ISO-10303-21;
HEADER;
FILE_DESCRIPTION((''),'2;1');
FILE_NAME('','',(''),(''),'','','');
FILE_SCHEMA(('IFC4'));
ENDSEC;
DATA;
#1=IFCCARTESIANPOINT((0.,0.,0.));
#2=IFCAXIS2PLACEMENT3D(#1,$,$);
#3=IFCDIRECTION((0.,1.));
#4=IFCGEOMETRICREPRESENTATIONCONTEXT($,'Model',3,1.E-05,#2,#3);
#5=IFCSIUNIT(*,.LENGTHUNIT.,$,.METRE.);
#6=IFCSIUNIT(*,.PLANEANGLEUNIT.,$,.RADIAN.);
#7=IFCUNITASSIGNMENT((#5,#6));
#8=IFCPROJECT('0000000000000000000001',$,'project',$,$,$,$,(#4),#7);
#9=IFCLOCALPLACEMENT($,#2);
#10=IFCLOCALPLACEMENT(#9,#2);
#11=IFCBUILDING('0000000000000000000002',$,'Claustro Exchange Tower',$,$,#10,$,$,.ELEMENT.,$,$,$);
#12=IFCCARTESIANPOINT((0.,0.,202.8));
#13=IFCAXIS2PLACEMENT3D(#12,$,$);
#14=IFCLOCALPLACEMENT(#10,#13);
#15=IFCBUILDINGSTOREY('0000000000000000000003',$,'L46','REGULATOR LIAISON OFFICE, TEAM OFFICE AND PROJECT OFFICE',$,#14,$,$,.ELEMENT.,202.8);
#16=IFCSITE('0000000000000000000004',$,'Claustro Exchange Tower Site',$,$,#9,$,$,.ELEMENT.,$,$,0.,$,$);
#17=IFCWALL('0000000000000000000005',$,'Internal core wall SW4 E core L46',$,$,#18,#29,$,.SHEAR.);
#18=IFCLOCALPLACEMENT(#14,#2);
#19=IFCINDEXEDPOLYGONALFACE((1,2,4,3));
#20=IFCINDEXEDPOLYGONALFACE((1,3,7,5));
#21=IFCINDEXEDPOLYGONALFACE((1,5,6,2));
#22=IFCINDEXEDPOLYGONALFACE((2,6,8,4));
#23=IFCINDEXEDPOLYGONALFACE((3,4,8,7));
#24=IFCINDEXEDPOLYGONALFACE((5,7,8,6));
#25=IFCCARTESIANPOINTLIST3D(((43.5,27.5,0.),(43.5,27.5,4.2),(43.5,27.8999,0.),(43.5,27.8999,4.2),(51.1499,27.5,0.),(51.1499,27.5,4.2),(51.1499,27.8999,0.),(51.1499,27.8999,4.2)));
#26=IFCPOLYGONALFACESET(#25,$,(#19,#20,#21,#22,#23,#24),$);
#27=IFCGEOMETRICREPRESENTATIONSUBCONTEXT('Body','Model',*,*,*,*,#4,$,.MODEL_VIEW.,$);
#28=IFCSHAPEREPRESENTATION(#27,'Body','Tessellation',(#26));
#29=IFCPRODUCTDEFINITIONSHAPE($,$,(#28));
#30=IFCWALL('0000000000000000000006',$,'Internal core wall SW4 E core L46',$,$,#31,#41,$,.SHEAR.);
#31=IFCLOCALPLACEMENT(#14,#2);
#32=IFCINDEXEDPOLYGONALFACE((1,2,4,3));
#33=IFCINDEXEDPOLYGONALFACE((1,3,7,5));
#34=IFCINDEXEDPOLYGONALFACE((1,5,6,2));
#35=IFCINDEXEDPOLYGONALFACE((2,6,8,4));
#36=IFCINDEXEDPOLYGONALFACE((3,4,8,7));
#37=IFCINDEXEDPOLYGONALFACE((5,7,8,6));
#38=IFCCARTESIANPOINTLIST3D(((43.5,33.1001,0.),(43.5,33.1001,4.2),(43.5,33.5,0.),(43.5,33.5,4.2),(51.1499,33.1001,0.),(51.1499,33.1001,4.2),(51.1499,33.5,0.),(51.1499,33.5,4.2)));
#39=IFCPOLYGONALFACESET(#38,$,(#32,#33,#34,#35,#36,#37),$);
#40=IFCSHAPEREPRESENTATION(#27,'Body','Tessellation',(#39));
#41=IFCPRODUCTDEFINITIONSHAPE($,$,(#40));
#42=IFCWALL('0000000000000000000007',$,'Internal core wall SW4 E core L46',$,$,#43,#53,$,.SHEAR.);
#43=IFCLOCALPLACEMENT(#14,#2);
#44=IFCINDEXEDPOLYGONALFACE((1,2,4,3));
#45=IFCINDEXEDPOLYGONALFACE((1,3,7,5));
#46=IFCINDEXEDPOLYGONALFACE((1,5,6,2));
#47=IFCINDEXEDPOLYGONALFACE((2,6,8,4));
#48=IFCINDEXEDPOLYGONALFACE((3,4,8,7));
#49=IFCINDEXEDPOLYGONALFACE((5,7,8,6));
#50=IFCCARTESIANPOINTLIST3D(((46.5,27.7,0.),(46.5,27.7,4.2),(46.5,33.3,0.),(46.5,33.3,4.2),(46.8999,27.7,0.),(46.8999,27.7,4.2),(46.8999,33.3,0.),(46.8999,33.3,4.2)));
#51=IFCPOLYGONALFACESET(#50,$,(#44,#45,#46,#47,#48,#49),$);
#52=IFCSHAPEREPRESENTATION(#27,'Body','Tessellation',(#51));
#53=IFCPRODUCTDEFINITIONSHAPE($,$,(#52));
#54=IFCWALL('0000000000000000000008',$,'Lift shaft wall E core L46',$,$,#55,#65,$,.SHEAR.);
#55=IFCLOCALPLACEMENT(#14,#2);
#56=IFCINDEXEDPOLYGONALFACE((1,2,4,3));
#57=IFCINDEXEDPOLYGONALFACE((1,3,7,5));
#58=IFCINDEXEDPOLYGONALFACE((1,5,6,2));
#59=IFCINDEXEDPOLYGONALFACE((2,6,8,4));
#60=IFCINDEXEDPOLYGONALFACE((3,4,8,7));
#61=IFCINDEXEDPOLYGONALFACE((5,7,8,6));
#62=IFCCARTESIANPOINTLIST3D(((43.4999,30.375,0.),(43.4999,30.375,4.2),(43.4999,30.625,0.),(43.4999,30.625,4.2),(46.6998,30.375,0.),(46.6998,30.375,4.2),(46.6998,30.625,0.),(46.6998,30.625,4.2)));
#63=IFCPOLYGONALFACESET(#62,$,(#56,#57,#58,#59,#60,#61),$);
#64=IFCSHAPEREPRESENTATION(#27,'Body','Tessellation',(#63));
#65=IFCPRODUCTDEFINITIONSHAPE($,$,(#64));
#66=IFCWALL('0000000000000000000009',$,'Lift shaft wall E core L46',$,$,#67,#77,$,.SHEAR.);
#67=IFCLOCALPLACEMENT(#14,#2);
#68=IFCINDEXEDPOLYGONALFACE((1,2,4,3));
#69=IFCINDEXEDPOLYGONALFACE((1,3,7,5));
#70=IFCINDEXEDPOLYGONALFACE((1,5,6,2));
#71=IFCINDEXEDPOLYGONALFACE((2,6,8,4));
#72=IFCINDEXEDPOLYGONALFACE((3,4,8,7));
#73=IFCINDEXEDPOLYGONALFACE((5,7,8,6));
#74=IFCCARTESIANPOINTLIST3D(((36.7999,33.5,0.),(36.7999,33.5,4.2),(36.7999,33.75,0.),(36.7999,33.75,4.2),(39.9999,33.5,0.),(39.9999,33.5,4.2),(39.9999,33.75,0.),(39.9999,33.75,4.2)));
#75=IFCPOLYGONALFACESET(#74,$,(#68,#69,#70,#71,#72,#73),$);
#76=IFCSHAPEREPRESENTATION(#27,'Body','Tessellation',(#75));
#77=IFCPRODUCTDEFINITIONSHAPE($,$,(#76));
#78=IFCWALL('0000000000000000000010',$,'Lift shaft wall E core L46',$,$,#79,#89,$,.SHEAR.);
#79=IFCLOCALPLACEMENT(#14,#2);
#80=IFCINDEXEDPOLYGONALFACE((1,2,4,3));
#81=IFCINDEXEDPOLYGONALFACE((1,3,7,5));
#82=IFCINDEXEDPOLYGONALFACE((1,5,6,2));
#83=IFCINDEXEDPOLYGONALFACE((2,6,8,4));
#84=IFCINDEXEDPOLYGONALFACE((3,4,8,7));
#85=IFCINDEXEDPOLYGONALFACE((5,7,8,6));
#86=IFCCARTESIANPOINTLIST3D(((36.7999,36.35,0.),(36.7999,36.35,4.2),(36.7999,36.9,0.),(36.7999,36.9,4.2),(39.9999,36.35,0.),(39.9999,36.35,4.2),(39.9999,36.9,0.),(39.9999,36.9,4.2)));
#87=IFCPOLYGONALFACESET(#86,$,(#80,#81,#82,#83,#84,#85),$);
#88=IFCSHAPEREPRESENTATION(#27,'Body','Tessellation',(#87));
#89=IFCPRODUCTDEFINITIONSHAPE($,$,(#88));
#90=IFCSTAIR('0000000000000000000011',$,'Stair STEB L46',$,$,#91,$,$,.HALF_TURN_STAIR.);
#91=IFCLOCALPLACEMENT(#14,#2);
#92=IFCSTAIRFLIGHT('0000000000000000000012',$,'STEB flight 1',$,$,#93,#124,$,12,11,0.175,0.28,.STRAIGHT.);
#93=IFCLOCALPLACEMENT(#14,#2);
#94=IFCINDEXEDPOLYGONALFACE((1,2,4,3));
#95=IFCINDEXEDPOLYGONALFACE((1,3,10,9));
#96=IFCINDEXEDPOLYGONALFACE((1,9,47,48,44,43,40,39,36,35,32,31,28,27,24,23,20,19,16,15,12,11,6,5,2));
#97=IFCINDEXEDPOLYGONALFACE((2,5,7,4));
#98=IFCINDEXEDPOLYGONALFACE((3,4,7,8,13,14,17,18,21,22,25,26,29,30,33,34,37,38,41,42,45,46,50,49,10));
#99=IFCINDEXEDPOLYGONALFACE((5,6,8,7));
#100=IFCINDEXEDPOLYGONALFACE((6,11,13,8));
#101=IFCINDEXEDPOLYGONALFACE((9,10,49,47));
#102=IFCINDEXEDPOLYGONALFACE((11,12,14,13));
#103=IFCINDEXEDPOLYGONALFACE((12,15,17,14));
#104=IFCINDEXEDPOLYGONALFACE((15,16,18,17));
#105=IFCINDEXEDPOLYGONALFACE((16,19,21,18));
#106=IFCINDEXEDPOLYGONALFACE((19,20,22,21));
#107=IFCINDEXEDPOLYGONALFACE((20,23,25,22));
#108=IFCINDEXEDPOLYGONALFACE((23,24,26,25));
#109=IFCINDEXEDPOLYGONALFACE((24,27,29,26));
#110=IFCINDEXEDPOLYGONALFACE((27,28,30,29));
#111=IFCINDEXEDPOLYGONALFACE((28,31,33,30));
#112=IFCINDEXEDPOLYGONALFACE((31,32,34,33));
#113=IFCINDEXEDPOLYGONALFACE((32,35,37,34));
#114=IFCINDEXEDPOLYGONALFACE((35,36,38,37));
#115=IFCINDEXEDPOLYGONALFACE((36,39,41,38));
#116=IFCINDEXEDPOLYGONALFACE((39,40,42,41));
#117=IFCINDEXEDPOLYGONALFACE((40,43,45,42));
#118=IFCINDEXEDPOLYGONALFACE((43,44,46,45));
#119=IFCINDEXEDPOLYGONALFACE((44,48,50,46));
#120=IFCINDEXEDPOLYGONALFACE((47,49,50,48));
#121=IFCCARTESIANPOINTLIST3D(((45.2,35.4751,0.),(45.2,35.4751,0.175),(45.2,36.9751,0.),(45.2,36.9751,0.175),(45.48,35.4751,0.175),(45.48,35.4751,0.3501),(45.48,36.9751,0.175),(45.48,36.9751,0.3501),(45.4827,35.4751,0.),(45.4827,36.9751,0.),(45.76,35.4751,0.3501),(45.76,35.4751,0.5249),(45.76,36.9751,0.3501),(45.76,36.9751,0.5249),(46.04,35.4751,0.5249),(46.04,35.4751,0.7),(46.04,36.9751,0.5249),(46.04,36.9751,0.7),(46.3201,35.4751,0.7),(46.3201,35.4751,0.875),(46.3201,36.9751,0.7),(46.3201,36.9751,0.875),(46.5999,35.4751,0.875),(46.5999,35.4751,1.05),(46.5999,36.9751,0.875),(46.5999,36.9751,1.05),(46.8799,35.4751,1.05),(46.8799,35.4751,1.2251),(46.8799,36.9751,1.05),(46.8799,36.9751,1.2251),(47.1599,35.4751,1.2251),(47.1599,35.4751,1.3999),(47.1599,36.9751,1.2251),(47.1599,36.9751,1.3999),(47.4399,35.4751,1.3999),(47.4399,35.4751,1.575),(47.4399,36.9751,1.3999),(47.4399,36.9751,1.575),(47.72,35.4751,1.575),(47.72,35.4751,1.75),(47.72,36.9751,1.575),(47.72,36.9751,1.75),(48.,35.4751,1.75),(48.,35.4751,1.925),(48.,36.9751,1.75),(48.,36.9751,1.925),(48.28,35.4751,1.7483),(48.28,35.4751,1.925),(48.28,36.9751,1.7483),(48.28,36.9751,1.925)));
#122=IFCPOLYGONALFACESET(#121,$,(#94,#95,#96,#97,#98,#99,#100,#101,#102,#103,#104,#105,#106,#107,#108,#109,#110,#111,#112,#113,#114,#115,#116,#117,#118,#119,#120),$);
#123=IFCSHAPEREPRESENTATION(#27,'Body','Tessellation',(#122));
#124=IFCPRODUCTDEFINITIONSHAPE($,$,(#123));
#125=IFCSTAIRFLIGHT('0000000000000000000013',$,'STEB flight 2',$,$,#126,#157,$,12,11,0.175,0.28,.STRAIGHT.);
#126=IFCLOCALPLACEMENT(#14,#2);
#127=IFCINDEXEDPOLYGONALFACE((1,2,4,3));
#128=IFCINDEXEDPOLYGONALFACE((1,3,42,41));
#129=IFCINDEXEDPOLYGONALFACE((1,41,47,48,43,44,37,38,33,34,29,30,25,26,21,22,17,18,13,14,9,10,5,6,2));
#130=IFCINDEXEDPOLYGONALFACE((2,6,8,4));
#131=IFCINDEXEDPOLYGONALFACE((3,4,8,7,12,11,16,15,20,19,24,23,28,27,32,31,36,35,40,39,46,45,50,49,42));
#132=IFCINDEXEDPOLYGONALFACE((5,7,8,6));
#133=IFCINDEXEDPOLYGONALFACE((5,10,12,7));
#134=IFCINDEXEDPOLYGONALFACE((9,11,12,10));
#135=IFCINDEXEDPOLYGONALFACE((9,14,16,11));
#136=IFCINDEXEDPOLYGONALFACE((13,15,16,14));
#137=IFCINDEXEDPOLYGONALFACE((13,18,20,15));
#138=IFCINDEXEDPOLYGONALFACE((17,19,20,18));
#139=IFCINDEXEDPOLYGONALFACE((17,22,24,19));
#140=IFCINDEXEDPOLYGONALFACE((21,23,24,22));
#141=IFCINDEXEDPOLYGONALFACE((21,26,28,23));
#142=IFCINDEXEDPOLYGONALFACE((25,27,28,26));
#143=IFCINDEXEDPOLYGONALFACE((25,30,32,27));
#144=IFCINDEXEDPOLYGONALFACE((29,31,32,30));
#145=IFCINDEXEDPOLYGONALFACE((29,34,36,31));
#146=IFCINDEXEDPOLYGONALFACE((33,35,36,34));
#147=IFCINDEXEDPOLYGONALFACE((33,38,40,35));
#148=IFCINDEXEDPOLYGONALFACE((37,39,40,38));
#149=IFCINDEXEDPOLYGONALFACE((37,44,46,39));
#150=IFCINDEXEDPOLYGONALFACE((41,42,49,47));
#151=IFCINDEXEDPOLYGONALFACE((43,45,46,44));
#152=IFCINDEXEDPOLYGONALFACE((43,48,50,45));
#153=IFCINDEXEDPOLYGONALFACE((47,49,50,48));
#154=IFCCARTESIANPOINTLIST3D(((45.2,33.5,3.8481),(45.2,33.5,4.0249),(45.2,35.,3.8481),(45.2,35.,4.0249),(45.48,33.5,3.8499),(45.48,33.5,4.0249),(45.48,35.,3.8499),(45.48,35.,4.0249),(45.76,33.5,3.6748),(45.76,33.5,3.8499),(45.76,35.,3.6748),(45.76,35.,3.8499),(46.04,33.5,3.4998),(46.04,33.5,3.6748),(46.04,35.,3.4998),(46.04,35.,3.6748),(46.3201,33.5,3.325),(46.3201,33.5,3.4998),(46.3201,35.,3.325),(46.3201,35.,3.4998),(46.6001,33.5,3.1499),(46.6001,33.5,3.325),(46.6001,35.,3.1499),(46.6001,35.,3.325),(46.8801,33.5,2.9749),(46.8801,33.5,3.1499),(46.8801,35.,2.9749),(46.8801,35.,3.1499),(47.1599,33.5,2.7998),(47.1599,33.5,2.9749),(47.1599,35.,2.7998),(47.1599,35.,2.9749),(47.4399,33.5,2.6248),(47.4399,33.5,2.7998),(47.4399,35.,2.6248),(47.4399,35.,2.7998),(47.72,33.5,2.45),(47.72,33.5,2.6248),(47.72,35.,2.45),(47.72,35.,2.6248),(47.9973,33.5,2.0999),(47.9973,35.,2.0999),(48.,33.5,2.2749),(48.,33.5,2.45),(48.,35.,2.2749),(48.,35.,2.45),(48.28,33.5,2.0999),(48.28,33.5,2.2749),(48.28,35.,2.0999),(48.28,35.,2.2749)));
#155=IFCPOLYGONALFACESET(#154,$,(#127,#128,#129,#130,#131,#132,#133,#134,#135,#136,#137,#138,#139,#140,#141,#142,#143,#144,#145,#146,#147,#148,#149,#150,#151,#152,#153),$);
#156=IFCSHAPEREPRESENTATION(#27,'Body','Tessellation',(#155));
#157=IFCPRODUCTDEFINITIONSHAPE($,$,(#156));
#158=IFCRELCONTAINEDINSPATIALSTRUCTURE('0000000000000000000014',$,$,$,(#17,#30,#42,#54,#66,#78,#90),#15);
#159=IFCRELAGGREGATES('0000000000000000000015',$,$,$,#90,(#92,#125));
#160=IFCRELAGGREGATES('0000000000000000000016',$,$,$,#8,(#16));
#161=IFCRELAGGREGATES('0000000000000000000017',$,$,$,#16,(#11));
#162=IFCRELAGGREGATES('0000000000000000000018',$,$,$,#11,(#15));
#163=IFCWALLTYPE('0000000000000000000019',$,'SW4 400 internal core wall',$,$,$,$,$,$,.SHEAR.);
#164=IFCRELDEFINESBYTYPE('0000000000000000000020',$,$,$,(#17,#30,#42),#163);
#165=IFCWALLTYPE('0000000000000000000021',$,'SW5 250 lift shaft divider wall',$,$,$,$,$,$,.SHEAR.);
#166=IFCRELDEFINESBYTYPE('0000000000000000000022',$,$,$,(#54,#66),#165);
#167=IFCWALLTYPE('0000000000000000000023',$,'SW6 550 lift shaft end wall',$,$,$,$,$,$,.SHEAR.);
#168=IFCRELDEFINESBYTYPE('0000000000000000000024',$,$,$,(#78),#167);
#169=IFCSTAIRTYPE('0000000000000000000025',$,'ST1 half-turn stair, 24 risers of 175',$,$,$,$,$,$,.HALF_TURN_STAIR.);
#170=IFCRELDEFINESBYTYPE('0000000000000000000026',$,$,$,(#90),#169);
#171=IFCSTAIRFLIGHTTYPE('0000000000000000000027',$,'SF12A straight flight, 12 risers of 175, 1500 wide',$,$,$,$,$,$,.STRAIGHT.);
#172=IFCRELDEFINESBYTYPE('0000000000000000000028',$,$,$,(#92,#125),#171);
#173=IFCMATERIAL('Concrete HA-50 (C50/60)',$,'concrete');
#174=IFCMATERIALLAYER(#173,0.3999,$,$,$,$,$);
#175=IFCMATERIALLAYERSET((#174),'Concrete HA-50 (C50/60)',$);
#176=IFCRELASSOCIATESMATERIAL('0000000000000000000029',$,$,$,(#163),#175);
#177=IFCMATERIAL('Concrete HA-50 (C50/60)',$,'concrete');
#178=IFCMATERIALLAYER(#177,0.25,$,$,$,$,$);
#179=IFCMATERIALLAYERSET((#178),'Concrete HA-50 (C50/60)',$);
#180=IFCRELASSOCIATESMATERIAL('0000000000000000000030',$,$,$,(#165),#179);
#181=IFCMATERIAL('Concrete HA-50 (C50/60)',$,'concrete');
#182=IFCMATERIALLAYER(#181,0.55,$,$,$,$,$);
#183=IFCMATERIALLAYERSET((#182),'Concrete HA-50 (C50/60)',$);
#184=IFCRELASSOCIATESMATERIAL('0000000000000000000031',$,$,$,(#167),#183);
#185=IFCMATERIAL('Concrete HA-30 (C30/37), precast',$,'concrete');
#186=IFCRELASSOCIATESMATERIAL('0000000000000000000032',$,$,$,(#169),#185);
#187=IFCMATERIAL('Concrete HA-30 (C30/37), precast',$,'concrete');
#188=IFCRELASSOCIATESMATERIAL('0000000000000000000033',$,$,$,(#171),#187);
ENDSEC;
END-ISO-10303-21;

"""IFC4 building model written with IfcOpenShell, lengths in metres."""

from ifc_helpers import new_model, si_unit, direction, frame, frame_2d, origin, place, context, subcontext, project, spatial, polyline, rectangle, outline, extrude, material, layer, layer_set, type_object, element, aggregate, save


model = new_model("IFC4")

# Units and contexts
model_context = context("Model", 3, precision=1e-05, world=origin(), true_north=direction((0.0, 1.0)))
body_context = subcontext(model_context, "Body", "Model", "MODEL_VIEW")
ifc_project = project(units=[si_unit("LENGTHUNIT", "METRE"), si_unit("PLANEANGLEUNIT", "RADIAN")], contexts=[model_context])

# Site, building, storey
site_placement = place(None, origin())
site = spatial("IfcSite", under=ifc_project, at=site_placement, Name="Claustro Exchange Tower Site", CompositionType="ELEMENT", RefElevation=0.0)
building_placement = place(site_placement, origin())
building = spatial("IfcBuilding", under=site, at=building_placement, Name="Claustro Exchange Tower", CompositionType="ELEMENT")
storey_placement = place(building_placement, frame((0.0, 0.0, 202.8)))
storey = spatial("IfcBuildingStorey", under=building, at=storey_placement, Name="L46", Description="REGULATOR LIAISON OFFICE, TEAM OFFICE AND PROJECT OFFICE", CompositionType="ELEMENT", Elevation=202.8)

# Walls
ifc_material_1 = material(Name="Concrete HA-50 (C50/60)", Category="concrete")
ifc_layer_1 = layer(ifc_material_1, 0.3999)
ifc_layer_set_1 = layer_set([ifc_layer_1], Name="Concrete HA-50 (C50/60)")
wall_type_1 = type_object("IfcWallType", Name="SW4 400 internal core wall", PredefinedType="SHEAR", material=ifc_layer_set_1)
for number, where, z_axis, x_axis, name in (
    (1, (51.1499, 27.7, 0.0), (0.0, 0.0, 1.0), (-1.0, 0.0, 0.0), "Internal core wall SW4 E core L46"),
    (2, (51.1499, 33.3, 0.0), (0.0, 0.0, 1.0), (-1.0, 0.0, 0.0), "Internal core wall SW4 E core L46"),
):
    element("IfcWall", number, at=place(storey_placement, frame(where, z_axis=z_axis, x_axis=x_axis)), inside=storey, type_object=wall_type_1, Name=name, PredefinedType="SHEAR", context=body_context, shape_type="SweptSolid", body=[
        extrude(rectangle(XDim=7.6499, YDim=0.3999, at=frame_2d((3.825, 0.0))), origin(), (0.0, 0.0, 1.0), 4.2),
    ])
wall_1_placement = place(storey_placement, frame((46.7, 27.7, 0.0), z_axis=(0.0, 0.0, 1.0), x_axis=(0.0, 1.0, 0.0)))
element("IfcWall", 3, at=wall_1_placement, inside=storey, type_object=wall_type_1, Name="Internal core wall SW4 E core L46", PredefinedType="SHEAR", context=body_context, shape_type="SweptSolid", body=[
    extrude(rectangle(XDim=5.6001, YDim=0.3999, at=frame_2d((2.8, 0.0))), origin(), (0.0, 0.0, 1.0), 4.2),
])
ifc_material_2 = material(Name="Concrete HA-50 (C50/60)", Category="concrete")
ifc_layer_2 = layer(ifc_material_2, 0.25)
ifc_layer_set_2 = layer_set([ifc_layer_2], Name="Concrete HA-50 (C50/60)")
wall_type_2 = type_object("IfcWallType", Name="SW5 250 lift shaft divider wall", PredefinedType="SHEAR", material=ifc_layer_set_2)
for number, where, z_axis, x_axis, name in (
    (4, (46.7, 30.5, 0.0), (0.0, 0.0, 1.0), (-1.0, 0.0, 0.0), "Lift shaft wall E core L46"),
    (5, (40.0, 33.625, 0.0), (0.0, 0.0, 1.0), (-1.0, 0.0, 0.0), "Lift shaft wall E core L46"),
):
    element("IfcWall", number, at=place(storey_placement, frame(where, z_axis=z_axis, x_axis=x_axis)), inside=storey, type_object=wall_type_2, Name=name, PredefinedType="SHEAR", context=body_context, shape_type="SweptSolid", body=[
        extrude(rectangle(XDim=3.2, YDim=0.25, at=frame_2d((1.6001, 0.0))), origin(), (0.0, 0.0, 1.0), 4.2),
    ])
ifc_material_3 = material(Name="Concrete HA-50 (C50/60)", Category="concrete")
ifc_layer_3 = layer(ifc_material_3, 0.55)
ifc_layer_set_3 = layer_set([ifc_layer_3], Name="Concrete HA-50 (C50/60)")
wall_type_3 = type_object("IfcWallType", Name="SW6 550 lift shaft end wall", PredefinedType="SHEAR", material=ifc_layer_set_3)
wall_2_placement = place(storey_placement, frame((40.0, 36.625, 0.0), z_axis=(0.0, 0.0, 1.0), x_axis=(-1.0, 0.0, 0.0)))
element("IfcWall", 6, at=wall_2_placement, inside=storey, type_object=wall_type_3, Name="Lift shaft wall E core L46", PredefinedType="SHEAR", context=body_context, shape_type="SweptSolid", body=[
    extrude(rectangle(XDim=3.2, YDim=0.55, at=frame_2d((1.6001, 0.0))), origin(), (0.0, 0.0, 1.0), 4.2),
])

# Stair, stair flights
ifc_material_4 = material(Name="Concrete HA-30 (C30/37), precast", Category="concrete")
stair_type = type_object("IfcStairType", Name="ST1 half-turn stair, 24 risers of 175", PredefinedType="HALF_TURN_STAIR", material=ifc_material_4)
stair_placement = place(storey_placement, origin())
stair = element("IfcStair", 7, at=stair_placement, inside=storey, type_object=stair_type, Name="Stair STEB L46", PredefinedType="HALF_TURN_STAIR")
ifc_material_5 = material(Name="Concrete HA-30 (C30/37), precast", Category="concrete")
stair_flight_type = type_object("IfcStairFlightType", Name="SF12A straight flight, 12 risers of 175, 1500 wide", PredefinedType="STRAIGHT", material=ifc_material_5)
stair_flight_1_placement = place(storey_placement, frame((45.2, 36.2251, 0.0), z_axis=(0.0, 0.0, 1.0), x_axis=(1.0, 0.0, 0.0)))
stair_flight_1 = element("IfcStairFlight", 8, at=stair_flight_1_placement, type_object=stair_flight_type, Name="STEB flight 1", NumberOfRisers=12, NumberOfTreads=11, PredefinedType="STRAIGHT", RiserHeight=0.175, TreadLength=0.28, context=body_context, shape_type="SweptSolid", body=[
    extrude(outline(polyline([(0.0, 0.0), (0.0, 0.175), (0.28, 0.175), (0.28, 0.3501), (0.5601, 0.3501), (0.5601, 0.5249), (0.8401, 0.5249), (0.8401, 0.7), (1.1201, 0.7), (1.1201, 0.875), (1.3999, 0.875), (1.3999, 1.05), (1.6799, 1.05), (1.6799, 1.2251), (1.96, 1.2251), (1.96, 1.3999), (2.24, 1.3999), (2.24, 1.575), (2.52, 1.575), (2.52, 1.75), (2.8, 1.75), (2.8, 1.925), (3.0801, 1.925), (3.0801, 2.1001), (3.0801, 1.7483), (0.2827, 0.0), (0.0, 0.0)])), frame((0.0, 0.75, 0.0), z_axis=(0.0, -1.0, 0.0), x_axis=(1.0, 0.0, 0.0)), (0.0, 0.0, 1.0), 1.5),
])
stair_flight_2_placement = place(storey_placement, frame((48.28, 34.25, 2.0999), z_axis=(0.0, 0.0, 1.0), x_axis=(-1.0, 0.0, 0.0)))
stair_flight_2 = element("IfcStairFlight", 9, at=stair_flight_2_placement, type_object=stair_flight_type, Name="STEB flight 2", NumberOfRisers=12, NumberOfTreads=11, PredefinedType="STRAIGHT", RiserHeight=0.175, TreadLength=0.28, context=body_context, shape_type="SweptSolid", body=[
    extrude(outline(polyline([(0.0, 0.0), (0.0, 0.175), (0.28, 0.175), (0.28, 0.3501), (0.5601, 0.3501), (0.5601, 0.5249), (0.8401, 0.5249), (0.8401, 0.7), (1.1201, 0.7), (1.1201, 0.875), (1.3999, 0.875), (1.3999, 1.05), (1.6799, 1.05), (1.6799, 1.2251), (1.96, 1.2251), (1.96, 1.3999), (2.24, 1.3999), (2.24, 1.575), (2.52, 1.575), (2.52, 1.75), (2.8, 1.75), (2.8, 1.925), (3.0801, 1.925), (3.0801, 2.1001), (3.0801, 1.7483), (0.2827, 0.0), (0.0, 0.0)])), frame((0.0, 0.75, 0.0), z_axis=(0.0, -1.0, 0.0), x_axis=(1.0, 0.0, 0.0)), (0.0, 0.0, 1.0), 1.5),
])
aggregate(stair, [stair_flight_1, stair_flight_2])

save(model, "model.ifc")
